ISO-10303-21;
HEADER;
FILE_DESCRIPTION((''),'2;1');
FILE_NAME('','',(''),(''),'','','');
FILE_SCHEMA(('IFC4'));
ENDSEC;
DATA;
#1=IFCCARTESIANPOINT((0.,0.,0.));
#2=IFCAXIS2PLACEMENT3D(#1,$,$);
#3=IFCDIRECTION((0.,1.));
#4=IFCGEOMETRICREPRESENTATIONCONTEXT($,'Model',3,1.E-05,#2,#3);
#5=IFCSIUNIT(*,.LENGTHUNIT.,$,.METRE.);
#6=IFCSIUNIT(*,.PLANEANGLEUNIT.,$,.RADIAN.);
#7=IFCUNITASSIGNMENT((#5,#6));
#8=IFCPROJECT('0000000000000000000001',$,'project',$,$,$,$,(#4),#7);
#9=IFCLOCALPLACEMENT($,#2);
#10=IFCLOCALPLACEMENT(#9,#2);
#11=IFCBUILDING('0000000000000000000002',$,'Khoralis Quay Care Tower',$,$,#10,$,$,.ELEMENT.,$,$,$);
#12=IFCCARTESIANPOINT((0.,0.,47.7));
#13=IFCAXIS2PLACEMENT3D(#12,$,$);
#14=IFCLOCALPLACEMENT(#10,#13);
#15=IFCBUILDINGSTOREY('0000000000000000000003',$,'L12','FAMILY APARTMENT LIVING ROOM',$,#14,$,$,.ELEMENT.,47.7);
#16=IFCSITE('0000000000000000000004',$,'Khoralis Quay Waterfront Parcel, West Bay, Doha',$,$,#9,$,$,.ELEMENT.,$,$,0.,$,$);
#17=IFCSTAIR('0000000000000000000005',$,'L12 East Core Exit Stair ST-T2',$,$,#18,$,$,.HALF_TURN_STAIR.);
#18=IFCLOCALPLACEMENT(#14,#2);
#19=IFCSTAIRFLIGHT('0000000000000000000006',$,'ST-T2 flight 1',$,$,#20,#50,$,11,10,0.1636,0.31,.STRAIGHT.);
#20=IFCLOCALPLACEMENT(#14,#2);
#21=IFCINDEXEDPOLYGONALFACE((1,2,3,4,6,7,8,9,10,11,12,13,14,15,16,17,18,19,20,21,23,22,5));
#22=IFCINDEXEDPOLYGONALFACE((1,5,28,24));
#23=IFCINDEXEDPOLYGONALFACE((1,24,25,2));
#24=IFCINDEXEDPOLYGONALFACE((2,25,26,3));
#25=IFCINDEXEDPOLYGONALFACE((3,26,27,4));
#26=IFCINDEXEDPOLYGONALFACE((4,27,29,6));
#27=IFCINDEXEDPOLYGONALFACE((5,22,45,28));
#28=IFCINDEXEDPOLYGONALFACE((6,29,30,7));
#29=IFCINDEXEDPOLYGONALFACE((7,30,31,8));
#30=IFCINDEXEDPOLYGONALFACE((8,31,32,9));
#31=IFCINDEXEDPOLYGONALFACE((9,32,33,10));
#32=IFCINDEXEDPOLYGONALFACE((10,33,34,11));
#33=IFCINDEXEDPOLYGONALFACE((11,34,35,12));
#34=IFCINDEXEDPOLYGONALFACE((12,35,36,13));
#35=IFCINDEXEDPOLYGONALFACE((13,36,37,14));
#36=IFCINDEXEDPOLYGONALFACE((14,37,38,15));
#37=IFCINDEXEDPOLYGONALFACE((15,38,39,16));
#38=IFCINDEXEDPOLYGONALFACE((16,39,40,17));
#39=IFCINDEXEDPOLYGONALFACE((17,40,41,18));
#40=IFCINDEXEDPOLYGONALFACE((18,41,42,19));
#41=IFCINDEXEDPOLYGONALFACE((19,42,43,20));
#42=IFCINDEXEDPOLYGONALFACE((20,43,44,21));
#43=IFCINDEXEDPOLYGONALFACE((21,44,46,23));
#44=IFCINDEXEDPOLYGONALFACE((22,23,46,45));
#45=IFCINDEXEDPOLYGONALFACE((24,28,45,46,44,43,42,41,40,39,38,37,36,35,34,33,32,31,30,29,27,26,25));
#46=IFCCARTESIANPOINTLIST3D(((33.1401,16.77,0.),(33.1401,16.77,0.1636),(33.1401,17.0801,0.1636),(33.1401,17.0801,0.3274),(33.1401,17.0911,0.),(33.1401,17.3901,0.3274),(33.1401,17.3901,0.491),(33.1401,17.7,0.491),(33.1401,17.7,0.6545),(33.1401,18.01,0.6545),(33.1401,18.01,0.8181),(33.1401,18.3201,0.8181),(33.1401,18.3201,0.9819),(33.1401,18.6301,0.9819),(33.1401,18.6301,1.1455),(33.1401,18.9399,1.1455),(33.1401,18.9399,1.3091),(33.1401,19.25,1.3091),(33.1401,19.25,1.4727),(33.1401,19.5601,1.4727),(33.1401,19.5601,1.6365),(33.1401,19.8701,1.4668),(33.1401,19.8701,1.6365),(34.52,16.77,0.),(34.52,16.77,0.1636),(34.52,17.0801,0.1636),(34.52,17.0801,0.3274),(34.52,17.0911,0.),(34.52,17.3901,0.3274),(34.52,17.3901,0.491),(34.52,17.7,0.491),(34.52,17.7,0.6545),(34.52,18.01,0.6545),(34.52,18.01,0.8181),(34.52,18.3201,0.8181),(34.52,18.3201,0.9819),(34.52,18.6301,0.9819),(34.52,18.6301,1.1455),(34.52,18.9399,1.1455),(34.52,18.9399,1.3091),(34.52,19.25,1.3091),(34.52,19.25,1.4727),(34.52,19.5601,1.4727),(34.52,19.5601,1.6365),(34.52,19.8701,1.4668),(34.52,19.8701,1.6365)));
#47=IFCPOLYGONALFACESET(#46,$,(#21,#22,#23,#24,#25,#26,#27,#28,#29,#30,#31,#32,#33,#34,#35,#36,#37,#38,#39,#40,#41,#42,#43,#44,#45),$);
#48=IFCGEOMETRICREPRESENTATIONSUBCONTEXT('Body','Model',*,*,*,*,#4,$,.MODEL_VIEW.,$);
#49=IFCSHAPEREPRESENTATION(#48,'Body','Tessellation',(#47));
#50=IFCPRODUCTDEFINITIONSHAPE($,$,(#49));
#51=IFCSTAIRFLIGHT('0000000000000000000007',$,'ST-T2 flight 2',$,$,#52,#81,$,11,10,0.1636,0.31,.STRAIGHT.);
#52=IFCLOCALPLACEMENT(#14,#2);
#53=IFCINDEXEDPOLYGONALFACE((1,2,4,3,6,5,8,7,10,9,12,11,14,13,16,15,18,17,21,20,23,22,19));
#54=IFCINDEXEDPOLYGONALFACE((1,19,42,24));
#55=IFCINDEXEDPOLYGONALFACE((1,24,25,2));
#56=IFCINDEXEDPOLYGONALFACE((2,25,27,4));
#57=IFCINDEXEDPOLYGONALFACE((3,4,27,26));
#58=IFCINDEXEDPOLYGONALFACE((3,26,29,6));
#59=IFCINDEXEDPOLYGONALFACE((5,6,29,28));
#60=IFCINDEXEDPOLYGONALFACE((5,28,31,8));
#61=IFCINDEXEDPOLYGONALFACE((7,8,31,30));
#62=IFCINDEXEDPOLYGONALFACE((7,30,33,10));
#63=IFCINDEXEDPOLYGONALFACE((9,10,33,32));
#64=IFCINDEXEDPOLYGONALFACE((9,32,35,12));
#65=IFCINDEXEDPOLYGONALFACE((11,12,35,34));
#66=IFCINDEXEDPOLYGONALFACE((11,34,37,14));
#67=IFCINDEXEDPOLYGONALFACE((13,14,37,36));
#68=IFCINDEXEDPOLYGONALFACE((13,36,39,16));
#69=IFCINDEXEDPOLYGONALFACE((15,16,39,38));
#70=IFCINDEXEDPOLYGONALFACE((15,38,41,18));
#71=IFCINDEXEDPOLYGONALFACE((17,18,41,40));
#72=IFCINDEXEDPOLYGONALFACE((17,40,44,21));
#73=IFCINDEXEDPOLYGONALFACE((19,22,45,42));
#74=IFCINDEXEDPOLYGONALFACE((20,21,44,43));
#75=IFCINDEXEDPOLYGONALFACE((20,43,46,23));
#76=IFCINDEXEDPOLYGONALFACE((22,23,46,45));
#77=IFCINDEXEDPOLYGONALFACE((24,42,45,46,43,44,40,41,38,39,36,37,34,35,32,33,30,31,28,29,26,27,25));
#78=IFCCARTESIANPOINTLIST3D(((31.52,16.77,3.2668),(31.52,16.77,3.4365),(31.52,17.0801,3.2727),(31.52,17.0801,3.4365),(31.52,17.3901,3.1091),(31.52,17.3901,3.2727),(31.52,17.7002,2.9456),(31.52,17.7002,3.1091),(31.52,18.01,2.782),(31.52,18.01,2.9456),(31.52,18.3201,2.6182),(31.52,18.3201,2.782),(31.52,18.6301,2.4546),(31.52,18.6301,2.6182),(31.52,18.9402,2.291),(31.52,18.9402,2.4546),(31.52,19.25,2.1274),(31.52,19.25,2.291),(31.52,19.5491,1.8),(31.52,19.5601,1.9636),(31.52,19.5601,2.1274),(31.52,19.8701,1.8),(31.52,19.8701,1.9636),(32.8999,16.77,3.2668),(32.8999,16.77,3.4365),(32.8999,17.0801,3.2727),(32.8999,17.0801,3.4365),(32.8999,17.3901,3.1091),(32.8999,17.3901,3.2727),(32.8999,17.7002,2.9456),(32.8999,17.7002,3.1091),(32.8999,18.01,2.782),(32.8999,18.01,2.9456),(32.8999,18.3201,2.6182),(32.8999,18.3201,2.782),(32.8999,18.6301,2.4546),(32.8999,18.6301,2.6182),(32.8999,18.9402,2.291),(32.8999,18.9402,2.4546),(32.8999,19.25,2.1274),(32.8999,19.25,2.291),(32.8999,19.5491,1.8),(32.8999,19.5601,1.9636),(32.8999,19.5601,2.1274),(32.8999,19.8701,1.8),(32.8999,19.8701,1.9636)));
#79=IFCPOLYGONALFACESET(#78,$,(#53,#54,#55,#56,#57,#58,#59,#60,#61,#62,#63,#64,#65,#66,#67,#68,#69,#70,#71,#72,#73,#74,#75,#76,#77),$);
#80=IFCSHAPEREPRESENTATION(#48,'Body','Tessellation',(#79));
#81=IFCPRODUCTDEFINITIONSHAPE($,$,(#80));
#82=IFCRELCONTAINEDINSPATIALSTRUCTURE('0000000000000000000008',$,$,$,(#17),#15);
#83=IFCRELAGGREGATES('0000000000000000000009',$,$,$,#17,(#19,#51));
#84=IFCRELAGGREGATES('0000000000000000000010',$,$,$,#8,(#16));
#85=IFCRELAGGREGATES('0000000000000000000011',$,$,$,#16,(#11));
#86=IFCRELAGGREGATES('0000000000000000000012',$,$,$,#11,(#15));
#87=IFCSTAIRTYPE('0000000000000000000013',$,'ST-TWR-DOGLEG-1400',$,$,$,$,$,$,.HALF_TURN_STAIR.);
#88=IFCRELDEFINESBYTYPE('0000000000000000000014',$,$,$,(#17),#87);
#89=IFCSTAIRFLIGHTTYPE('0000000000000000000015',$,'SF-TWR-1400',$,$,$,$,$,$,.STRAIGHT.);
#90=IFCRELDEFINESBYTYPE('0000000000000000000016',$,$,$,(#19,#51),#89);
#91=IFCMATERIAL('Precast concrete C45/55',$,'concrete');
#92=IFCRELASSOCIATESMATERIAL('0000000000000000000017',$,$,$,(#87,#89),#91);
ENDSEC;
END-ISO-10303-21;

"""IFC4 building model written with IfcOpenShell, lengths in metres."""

from ifc_helpers import new_model, si_unit, direction, frame, origin, place, context, subcontext, project, spatial, polyline, outline, extrude, source, transform, mapped, material, type_object, element, aggregate, save


model = new_model("IFC4")

# Units and contexts
model_context = context("Model", 3, precision=1e-05, world=origin(), true_north=direction((0.0, 1.0)))
body_context = subcontext(model_context, "Body", "Model", "MODEL_VIEW")
ifc_project = project(units=[si_unit("LENGTHUNIT", "METRE"), si_unit("PLANEANGLEUNIT", "RADIAN")], contexts=[model_context])

# Site, building, storey
site_placement = place(None, origin())
site = spatial("IfcSite", under=ifc_project, at=site_placement, Name="Khoralis Quay Waterfront Parcel, West Bay, Doha", CompositionType="ELEMENT", RefElevation=0.0)
building_placement = place(site_placement, origin())
building = spatial("IfcBuilding", under=site, at=building_placement, Name="Khoralis Quay Care Tower", CompositionType="ELEMENT")
storey_placement = place(building_placement, frame((0.0, 0.0, 47.7)))
storey = spatial("IfcBuildingStorey", under=building, at=storey_placement, Name="L12", Description="FAMILY APARTMENT LIVING ROOM", CompositionType="ELEMENT", Elevation=47.7)

# Stair, stair flights
ifc_material_1 = material(Name="Precast concrete C45/55", Category="concrete")
stair_type = type_object("IfcStairType", Name="ST-TWR-DOGLEG-1400", PredefinedType="HALF_TURN_STAIR", material=ifc_material_1)
stair_placement = place(storey_placement, origin())
stair = element("IfcStair", 1, at=stair_placement, inside=storey, type_object=stair_type, Name="L12 East Core Exit Stair ST-T2", PredefinedType="HALF_TURN_STAIR")
stair_flight_type = type_object("IfcStairFlightType", Name="SF-TWR-1400", PredefinedType="STRAIGHT", material=ifc_material_1)
shared_shape_1 = source(origin(), body_context, "Body", "SweptSolid", [
    extrude(outline(polyline([(0.0, 0.0), (0.0, 0.1636), (0.3101, 0.1636), (0.3101, 0.3274), (0.6201, 0.3274), (0.6201, 0.491), (0.9299, 0.491), (0.9299, 0.6545), (1.24, 0.6545), (1.24, 0.8181), (1.55, 0.8181), (1.55, 0.9819), (1.8601, 0.9819), (1.8601, 1.1455), (2.1699, 1.1455), (2.1699, 1.3091), (2.48, 1.3091), (2.48, 1.4727), (2.79, 1.4727), (2.79, 1.6365), (3.1001, 1.6365), (3.1001, 1.8), (3.1001, 1.4668), (0.321, 0.0), (0.0, 0.0)])), frame((0.0, 0.6899, 0.0), z_axis=(0.0, -1.0, 0.0), x_axis=(1.0, 0.0, 0.0)), (0.0, 0.0, 1.0), 1.3799),
])
stair_flight_1_placement = place(storey_placement, frame((33.8301, 16.77, 0.0), z_axis=(0.0, 0.0, 1.0), x_axis=(0.0, 1.0, 0.0)))
stair_flight_1 = element("IfcStairFlight", 2, at=stair_flight_1_placement, type_object=stair_flight_type, Name="ST-T2 flight 1", NumberOfRisers=11, NumberOfTreads=10, PredefinedType="STRAIGHT", RiserHeight=0.1636, TreadLength=0.31, context=body_context, shape_type="MappedRepresentation", body=[
    mapped(shared_shape_1, transform((0.0, 0.0, 0.0), scale=1.0)),
])
stair_flight_2_placement = place(storey_placement, frame((32.21, 19.8701, 1.8), z_axis=(0.0, 0.0, 1.0), x_axis=(0.0, -1.0, 0.0)))
stair_flight_2 = element("IfcStairFlight", 3, at=stair_flight_2_placement, type_object=stair_flight_type, Name="ST-T2 flight 2", NumberOfRisers=11, NumberOfTreads=10, PredefinedType="STRAIGHT", RiserHeight=0.1636, TreadLength=0.31, context=body_context, shape_type="MappedRepresentation", body=[
    mapped(shared_shape_1, transform((0.0, 0.0, 0.0), scale=1.0)),
])
aggregate(stair, [stair_flight_1, stair_flight_2])

save(model, "model.ifc")
